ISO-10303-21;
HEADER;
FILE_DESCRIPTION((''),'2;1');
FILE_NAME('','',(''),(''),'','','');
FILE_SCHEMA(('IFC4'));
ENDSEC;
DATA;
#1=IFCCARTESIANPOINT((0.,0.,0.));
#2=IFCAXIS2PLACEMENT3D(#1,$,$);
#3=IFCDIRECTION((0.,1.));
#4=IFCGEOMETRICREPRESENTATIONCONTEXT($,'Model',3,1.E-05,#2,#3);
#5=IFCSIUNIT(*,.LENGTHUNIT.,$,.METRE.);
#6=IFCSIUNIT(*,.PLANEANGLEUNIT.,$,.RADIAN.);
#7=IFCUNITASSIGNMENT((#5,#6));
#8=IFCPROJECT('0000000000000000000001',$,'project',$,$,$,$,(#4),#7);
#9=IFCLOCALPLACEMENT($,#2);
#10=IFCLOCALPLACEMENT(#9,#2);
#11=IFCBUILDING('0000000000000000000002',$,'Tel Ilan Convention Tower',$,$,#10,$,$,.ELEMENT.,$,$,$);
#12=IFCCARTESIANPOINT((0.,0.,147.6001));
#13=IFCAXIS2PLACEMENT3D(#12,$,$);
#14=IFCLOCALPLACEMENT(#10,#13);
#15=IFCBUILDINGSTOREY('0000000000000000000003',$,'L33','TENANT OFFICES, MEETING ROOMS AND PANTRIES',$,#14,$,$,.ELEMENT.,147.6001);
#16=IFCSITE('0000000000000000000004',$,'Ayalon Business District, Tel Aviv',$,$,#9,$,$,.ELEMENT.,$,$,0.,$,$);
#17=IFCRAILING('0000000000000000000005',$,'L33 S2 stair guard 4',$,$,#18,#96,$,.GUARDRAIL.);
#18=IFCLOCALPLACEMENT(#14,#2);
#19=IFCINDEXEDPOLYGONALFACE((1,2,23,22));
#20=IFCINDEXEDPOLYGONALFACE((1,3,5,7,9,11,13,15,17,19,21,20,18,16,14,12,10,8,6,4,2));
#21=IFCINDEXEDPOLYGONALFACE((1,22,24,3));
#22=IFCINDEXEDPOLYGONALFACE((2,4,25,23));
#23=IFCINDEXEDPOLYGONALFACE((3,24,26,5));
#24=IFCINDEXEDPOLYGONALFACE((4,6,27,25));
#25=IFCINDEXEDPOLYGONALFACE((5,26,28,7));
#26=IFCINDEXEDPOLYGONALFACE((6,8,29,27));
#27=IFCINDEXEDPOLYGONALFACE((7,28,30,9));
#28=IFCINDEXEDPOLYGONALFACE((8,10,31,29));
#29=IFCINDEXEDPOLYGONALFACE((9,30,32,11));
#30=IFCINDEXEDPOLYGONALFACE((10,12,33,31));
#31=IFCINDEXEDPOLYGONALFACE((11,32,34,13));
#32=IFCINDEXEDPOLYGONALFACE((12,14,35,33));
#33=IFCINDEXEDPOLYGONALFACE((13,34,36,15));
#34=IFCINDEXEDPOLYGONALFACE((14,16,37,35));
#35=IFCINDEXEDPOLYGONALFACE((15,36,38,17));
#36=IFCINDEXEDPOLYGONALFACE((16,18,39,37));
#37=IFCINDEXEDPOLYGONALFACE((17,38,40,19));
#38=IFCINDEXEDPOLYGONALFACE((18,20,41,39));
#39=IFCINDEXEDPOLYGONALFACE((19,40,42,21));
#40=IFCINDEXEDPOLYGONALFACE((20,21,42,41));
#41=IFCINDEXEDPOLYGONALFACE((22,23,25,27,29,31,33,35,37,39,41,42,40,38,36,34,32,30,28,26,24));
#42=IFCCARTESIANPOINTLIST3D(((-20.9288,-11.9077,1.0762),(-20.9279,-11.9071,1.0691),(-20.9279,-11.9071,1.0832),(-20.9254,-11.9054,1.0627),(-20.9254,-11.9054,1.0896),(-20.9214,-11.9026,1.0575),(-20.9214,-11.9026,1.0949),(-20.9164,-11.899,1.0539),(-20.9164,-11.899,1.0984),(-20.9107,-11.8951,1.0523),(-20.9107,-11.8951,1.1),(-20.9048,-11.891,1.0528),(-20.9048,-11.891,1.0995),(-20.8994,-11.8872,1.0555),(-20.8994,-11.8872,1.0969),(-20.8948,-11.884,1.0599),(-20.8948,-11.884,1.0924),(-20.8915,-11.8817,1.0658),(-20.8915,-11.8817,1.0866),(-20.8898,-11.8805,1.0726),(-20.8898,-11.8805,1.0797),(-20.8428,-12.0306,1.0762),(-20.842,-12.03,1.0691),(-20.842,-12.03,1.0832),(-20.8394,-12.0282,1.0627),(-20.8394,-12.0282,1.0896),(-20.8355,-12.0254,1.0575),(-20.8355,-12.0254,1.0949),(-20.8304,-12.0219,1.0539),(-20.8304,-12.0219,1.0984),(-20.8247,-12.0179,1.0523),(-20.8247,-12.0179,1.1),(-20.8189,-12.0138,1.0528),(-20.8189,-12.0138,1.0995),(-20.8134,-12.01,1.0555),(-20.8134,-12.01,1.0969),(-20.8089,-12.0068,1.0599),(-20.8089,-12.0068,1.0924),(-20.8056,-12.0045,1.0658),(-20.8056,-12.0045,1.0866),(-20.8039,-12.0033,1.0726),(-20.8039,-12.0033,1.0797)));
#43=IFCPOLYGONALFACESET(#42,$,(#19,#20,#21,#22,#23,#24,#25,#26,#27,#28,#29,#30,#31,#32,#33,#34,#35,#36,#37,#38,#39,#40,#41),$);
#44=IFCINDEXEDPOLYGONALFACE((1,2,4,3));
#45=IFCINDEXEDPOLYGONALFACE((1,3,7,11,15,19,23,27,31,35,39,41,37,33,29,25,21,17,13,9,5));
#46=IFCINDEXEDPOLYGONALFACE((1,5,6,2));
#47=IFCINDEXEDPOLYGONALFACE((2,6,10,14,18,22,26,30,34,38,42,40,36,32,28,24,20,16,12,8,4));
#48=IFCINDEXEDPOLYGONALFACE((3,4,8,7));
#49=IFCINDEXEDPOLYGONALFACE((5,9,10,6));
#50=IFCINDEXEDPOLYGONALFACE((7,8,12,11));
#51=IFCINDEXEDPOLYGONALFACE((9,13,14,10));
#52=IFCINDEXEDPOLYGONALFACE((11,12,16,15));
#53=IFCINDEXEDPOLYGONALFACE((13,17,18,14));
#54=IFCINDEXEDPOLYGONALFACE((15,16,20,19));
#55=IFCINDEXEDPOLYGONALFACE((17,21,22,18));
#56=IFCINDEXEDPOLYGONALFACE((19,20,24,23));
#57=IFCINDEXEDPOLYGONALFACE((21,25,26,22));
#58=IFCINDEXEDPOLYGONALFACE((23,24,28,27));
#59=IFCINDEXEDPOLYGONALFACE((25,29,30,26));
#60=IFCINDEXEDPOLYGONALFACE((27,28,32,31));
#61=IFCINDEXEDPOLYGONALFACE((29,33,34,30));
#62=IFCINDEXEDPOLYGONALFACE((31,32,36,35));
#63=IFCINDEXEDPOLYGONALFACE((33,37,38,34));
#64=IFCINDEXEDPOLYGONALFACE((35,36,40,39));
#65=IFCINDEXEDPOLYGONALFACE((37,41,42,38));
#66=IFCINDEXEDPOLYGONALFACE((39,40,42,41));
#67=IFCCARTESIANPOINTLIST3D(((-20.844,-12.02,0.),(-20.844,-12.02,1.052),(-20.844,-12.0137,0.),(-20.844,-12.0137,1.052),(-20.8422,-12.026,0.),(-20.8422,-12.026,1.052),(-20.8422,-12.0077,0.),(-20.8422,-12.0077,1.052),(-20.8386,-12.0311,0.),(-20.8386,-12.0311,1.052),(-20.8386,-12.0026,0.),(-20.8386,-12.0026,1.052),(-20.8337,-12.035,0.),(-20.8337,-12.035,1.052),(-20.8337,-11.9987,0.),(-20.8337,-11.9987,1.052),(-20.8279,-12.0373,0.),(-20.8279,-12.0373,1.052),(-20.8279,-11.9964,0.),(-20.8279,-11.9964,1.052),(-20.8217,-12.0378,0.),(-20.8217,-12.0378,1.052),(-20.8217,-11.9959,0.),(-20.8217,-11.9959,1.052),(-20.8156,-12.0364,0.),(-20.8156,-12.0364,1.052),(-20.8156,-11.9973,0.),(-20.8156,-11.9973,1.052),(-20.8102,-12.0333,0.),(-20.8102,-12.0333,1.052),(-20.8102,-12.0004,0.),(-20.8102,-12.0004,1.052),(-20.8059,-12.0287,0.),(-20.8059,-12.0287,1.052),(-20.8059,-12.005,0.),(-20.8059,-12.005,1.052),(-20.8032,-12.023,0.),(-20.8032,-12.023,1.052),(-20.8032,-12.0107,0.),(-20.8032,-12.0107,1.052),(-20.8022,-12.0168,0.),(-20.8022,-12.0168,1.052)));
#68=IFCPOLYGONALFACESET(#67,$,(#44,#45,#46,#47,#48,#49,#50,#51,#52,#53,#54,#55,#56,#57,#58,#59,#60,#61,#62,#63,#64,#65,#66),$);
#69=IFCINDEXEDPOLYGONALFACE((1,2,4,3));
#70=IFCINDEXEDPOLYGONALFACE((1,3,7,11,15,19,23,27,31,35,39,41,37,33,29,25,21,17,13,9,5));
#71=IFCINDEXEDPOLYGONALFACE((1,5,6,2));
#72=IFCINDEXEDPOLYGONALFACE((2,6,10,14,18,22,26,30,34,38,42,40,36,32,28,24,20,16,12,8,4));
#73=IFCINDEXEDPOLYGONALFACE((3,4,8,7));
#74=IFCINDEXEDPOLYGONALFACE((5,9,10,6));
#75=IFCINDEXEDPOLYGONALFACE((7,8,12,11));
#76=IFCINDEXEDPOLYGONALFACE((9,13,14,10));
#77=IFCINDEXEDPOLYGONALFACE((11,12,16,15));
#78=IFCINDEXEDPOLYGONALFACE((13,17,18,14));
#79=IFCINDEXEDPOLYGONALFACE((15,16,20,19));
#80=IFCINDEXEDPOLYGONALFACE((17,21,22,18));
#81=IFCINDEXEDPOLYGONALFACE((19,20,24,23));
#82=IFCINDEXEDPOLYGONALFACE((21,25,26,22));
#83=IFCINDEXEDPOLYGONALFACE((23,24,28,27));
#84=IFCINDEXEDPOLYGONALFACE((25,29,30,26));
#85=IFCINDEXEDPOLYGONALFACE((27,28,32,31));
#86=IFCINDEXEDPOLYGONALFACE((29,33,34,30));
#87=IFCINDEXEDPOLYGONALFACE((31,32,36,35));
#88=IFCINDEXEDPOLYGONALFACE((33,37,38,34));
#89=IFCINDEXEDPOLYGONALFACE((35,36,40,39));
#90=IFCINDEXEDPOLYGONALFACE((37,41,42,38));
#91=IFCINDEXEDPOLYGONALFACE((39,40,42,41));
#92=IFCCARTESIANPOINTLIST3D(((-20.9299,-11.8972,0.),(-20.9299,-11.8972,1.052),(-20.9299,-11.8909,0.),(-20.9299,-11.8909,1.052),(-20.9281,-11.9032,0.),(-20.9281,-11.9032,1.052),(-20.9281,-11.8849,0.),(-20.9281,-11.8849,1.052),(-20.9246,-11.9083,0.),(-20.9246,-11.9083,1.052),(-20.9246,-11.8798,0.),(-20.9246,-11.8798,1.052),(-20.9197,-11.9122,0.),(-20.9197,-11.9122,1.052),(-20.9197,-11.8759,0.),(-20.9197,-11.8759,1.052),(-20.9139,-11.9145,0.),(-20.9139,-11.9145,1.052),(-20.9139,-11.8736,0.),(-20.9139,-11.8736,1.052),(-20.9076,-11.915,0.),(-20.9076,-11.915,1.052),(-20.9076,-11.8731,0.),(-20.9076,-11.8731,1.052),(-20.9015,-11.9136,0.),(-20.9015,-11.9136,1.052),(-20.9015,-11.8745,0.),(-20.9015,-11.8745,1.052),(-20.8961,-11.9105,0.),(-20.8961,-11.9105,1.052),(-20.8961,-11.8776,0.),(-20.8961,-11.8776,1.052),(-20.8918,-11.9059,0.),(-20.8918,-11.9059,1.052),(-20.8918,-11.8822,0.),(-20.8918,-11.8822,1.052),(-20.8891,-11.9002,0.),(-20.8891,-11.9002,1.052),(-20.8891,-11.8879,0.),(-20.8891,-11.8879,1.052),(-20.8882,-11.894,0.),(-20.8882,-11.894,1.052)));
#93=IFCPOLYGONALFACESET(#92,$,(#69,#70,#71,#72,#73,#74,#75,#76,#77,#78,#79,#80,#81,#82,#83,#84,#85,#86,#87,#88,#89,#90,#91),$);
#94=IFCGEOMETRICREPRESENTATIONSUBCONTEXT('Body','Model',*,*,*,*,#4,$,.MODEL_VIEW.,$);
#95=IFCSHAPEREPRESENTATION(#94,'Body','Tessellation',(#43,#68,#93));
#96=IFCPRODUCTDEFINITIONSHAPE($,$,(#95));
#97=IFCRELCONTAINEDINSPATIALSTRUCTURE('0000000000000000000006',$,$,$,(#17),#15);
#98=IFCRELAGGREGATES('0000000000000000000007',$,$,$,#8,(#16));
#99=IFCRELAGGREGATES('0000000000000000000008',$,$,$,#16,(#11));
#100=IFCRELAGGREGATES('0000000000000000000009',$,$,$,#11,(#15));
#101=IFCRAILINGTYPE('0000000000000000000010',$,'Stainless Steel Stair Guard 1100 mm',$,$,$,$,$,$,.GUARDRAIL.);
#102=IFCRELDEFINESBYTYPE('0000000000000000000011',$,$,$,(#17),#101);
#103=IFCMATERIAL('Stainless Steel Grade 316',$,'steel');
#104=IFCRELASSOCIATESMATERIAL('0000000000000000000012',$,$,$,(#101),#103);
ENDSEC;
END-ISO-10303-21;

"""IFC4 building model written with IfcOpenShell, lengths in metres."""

from ifc_helpers import new_model, si_unit, direction, frame, origin, origin_2d, place, context, subcontext, project, spatial, circle, extrude, material, type_object, element, save


model = new_model("IFC4")

# Units and contexts
model_context = context("Model", 3, precision=1e-05, world=origin(), true_north=direction((0.0, 1.0)))
body_context = subcontext(model_context, "Body", "Model", "MODEL_VIEW")
ifc_project = project(units=[si_unit("LENGTHUNIT", "METRE"), si_unit("PLANEANGLEUNIT", "RADIAN")], contexts=[model_context])

# Site, building, storey
site_placement = place(None, origin())
site = spatial("IfcSite", under=ifc_project, at=site_placement, Name="Ayalon Business District, Tel Aviv", CompositionType="ELEMENT", RefElevation=0.0)
building_placement = place(site_placement, origin())
building = spatial("IfcBuilding", under=site, at=building_placement, Name="Tel Ilan Convention Tower", CompositionType="ELEMENT")
storey_placement = place(building_placement, frame((0.0, 0.0, 147.6001)))
storey = spatial("IfcBuildingStorey", under=building, at=storey_placement, Name="L33", Description="TENANT OFFICES, MEETING ROOMS AND PANTRIES", CompositionType="ELEMENT", Elevation=147.6001)

# Railing
ifc_material_1 = material(Name="Stainless Steel Grade 316", Category="steel")
railing_type_1 = type_object("IfcRailingType", Name="Stainless Steel Stair Guard 1100 mm", PredefinedType="GUARDRAIL", material=ifc_material_1)
railing_1_placement = place(storey_placement, frame((-20.8232, -12.0168, 0.0)))
element("IfcRailing", 1, at=railing_1_placement, inside=storey, type_object=railing_type_1, Name="L33 S2 stair guard 4", PredefinedType="GUARDRAIL", context=body_context, shape_type="SweptSolid", body=[
    extrude(circle(Radius=0.0239, at=origin_2d()), frame((0.0, 0.0, 1.0762), z_axis=(-0.573353, 0.819308, 0.0), x_axis=(-0.819308, -0.573353, 0.0)), (0.0, 0.0, 1.0), 0.1499),
    extrude(circle(Radius=0.021, at=origin_2d()), origin(), (0.0, 0.0, 1.0), 1.052),
    extrude(circle(Radius=0.021, at=origin_2d()), frame((-0.0859, 0.1228, 0.0)), (0.0, 0.0, 1.0), 1.052),
])

save(model, "model.ifc")
